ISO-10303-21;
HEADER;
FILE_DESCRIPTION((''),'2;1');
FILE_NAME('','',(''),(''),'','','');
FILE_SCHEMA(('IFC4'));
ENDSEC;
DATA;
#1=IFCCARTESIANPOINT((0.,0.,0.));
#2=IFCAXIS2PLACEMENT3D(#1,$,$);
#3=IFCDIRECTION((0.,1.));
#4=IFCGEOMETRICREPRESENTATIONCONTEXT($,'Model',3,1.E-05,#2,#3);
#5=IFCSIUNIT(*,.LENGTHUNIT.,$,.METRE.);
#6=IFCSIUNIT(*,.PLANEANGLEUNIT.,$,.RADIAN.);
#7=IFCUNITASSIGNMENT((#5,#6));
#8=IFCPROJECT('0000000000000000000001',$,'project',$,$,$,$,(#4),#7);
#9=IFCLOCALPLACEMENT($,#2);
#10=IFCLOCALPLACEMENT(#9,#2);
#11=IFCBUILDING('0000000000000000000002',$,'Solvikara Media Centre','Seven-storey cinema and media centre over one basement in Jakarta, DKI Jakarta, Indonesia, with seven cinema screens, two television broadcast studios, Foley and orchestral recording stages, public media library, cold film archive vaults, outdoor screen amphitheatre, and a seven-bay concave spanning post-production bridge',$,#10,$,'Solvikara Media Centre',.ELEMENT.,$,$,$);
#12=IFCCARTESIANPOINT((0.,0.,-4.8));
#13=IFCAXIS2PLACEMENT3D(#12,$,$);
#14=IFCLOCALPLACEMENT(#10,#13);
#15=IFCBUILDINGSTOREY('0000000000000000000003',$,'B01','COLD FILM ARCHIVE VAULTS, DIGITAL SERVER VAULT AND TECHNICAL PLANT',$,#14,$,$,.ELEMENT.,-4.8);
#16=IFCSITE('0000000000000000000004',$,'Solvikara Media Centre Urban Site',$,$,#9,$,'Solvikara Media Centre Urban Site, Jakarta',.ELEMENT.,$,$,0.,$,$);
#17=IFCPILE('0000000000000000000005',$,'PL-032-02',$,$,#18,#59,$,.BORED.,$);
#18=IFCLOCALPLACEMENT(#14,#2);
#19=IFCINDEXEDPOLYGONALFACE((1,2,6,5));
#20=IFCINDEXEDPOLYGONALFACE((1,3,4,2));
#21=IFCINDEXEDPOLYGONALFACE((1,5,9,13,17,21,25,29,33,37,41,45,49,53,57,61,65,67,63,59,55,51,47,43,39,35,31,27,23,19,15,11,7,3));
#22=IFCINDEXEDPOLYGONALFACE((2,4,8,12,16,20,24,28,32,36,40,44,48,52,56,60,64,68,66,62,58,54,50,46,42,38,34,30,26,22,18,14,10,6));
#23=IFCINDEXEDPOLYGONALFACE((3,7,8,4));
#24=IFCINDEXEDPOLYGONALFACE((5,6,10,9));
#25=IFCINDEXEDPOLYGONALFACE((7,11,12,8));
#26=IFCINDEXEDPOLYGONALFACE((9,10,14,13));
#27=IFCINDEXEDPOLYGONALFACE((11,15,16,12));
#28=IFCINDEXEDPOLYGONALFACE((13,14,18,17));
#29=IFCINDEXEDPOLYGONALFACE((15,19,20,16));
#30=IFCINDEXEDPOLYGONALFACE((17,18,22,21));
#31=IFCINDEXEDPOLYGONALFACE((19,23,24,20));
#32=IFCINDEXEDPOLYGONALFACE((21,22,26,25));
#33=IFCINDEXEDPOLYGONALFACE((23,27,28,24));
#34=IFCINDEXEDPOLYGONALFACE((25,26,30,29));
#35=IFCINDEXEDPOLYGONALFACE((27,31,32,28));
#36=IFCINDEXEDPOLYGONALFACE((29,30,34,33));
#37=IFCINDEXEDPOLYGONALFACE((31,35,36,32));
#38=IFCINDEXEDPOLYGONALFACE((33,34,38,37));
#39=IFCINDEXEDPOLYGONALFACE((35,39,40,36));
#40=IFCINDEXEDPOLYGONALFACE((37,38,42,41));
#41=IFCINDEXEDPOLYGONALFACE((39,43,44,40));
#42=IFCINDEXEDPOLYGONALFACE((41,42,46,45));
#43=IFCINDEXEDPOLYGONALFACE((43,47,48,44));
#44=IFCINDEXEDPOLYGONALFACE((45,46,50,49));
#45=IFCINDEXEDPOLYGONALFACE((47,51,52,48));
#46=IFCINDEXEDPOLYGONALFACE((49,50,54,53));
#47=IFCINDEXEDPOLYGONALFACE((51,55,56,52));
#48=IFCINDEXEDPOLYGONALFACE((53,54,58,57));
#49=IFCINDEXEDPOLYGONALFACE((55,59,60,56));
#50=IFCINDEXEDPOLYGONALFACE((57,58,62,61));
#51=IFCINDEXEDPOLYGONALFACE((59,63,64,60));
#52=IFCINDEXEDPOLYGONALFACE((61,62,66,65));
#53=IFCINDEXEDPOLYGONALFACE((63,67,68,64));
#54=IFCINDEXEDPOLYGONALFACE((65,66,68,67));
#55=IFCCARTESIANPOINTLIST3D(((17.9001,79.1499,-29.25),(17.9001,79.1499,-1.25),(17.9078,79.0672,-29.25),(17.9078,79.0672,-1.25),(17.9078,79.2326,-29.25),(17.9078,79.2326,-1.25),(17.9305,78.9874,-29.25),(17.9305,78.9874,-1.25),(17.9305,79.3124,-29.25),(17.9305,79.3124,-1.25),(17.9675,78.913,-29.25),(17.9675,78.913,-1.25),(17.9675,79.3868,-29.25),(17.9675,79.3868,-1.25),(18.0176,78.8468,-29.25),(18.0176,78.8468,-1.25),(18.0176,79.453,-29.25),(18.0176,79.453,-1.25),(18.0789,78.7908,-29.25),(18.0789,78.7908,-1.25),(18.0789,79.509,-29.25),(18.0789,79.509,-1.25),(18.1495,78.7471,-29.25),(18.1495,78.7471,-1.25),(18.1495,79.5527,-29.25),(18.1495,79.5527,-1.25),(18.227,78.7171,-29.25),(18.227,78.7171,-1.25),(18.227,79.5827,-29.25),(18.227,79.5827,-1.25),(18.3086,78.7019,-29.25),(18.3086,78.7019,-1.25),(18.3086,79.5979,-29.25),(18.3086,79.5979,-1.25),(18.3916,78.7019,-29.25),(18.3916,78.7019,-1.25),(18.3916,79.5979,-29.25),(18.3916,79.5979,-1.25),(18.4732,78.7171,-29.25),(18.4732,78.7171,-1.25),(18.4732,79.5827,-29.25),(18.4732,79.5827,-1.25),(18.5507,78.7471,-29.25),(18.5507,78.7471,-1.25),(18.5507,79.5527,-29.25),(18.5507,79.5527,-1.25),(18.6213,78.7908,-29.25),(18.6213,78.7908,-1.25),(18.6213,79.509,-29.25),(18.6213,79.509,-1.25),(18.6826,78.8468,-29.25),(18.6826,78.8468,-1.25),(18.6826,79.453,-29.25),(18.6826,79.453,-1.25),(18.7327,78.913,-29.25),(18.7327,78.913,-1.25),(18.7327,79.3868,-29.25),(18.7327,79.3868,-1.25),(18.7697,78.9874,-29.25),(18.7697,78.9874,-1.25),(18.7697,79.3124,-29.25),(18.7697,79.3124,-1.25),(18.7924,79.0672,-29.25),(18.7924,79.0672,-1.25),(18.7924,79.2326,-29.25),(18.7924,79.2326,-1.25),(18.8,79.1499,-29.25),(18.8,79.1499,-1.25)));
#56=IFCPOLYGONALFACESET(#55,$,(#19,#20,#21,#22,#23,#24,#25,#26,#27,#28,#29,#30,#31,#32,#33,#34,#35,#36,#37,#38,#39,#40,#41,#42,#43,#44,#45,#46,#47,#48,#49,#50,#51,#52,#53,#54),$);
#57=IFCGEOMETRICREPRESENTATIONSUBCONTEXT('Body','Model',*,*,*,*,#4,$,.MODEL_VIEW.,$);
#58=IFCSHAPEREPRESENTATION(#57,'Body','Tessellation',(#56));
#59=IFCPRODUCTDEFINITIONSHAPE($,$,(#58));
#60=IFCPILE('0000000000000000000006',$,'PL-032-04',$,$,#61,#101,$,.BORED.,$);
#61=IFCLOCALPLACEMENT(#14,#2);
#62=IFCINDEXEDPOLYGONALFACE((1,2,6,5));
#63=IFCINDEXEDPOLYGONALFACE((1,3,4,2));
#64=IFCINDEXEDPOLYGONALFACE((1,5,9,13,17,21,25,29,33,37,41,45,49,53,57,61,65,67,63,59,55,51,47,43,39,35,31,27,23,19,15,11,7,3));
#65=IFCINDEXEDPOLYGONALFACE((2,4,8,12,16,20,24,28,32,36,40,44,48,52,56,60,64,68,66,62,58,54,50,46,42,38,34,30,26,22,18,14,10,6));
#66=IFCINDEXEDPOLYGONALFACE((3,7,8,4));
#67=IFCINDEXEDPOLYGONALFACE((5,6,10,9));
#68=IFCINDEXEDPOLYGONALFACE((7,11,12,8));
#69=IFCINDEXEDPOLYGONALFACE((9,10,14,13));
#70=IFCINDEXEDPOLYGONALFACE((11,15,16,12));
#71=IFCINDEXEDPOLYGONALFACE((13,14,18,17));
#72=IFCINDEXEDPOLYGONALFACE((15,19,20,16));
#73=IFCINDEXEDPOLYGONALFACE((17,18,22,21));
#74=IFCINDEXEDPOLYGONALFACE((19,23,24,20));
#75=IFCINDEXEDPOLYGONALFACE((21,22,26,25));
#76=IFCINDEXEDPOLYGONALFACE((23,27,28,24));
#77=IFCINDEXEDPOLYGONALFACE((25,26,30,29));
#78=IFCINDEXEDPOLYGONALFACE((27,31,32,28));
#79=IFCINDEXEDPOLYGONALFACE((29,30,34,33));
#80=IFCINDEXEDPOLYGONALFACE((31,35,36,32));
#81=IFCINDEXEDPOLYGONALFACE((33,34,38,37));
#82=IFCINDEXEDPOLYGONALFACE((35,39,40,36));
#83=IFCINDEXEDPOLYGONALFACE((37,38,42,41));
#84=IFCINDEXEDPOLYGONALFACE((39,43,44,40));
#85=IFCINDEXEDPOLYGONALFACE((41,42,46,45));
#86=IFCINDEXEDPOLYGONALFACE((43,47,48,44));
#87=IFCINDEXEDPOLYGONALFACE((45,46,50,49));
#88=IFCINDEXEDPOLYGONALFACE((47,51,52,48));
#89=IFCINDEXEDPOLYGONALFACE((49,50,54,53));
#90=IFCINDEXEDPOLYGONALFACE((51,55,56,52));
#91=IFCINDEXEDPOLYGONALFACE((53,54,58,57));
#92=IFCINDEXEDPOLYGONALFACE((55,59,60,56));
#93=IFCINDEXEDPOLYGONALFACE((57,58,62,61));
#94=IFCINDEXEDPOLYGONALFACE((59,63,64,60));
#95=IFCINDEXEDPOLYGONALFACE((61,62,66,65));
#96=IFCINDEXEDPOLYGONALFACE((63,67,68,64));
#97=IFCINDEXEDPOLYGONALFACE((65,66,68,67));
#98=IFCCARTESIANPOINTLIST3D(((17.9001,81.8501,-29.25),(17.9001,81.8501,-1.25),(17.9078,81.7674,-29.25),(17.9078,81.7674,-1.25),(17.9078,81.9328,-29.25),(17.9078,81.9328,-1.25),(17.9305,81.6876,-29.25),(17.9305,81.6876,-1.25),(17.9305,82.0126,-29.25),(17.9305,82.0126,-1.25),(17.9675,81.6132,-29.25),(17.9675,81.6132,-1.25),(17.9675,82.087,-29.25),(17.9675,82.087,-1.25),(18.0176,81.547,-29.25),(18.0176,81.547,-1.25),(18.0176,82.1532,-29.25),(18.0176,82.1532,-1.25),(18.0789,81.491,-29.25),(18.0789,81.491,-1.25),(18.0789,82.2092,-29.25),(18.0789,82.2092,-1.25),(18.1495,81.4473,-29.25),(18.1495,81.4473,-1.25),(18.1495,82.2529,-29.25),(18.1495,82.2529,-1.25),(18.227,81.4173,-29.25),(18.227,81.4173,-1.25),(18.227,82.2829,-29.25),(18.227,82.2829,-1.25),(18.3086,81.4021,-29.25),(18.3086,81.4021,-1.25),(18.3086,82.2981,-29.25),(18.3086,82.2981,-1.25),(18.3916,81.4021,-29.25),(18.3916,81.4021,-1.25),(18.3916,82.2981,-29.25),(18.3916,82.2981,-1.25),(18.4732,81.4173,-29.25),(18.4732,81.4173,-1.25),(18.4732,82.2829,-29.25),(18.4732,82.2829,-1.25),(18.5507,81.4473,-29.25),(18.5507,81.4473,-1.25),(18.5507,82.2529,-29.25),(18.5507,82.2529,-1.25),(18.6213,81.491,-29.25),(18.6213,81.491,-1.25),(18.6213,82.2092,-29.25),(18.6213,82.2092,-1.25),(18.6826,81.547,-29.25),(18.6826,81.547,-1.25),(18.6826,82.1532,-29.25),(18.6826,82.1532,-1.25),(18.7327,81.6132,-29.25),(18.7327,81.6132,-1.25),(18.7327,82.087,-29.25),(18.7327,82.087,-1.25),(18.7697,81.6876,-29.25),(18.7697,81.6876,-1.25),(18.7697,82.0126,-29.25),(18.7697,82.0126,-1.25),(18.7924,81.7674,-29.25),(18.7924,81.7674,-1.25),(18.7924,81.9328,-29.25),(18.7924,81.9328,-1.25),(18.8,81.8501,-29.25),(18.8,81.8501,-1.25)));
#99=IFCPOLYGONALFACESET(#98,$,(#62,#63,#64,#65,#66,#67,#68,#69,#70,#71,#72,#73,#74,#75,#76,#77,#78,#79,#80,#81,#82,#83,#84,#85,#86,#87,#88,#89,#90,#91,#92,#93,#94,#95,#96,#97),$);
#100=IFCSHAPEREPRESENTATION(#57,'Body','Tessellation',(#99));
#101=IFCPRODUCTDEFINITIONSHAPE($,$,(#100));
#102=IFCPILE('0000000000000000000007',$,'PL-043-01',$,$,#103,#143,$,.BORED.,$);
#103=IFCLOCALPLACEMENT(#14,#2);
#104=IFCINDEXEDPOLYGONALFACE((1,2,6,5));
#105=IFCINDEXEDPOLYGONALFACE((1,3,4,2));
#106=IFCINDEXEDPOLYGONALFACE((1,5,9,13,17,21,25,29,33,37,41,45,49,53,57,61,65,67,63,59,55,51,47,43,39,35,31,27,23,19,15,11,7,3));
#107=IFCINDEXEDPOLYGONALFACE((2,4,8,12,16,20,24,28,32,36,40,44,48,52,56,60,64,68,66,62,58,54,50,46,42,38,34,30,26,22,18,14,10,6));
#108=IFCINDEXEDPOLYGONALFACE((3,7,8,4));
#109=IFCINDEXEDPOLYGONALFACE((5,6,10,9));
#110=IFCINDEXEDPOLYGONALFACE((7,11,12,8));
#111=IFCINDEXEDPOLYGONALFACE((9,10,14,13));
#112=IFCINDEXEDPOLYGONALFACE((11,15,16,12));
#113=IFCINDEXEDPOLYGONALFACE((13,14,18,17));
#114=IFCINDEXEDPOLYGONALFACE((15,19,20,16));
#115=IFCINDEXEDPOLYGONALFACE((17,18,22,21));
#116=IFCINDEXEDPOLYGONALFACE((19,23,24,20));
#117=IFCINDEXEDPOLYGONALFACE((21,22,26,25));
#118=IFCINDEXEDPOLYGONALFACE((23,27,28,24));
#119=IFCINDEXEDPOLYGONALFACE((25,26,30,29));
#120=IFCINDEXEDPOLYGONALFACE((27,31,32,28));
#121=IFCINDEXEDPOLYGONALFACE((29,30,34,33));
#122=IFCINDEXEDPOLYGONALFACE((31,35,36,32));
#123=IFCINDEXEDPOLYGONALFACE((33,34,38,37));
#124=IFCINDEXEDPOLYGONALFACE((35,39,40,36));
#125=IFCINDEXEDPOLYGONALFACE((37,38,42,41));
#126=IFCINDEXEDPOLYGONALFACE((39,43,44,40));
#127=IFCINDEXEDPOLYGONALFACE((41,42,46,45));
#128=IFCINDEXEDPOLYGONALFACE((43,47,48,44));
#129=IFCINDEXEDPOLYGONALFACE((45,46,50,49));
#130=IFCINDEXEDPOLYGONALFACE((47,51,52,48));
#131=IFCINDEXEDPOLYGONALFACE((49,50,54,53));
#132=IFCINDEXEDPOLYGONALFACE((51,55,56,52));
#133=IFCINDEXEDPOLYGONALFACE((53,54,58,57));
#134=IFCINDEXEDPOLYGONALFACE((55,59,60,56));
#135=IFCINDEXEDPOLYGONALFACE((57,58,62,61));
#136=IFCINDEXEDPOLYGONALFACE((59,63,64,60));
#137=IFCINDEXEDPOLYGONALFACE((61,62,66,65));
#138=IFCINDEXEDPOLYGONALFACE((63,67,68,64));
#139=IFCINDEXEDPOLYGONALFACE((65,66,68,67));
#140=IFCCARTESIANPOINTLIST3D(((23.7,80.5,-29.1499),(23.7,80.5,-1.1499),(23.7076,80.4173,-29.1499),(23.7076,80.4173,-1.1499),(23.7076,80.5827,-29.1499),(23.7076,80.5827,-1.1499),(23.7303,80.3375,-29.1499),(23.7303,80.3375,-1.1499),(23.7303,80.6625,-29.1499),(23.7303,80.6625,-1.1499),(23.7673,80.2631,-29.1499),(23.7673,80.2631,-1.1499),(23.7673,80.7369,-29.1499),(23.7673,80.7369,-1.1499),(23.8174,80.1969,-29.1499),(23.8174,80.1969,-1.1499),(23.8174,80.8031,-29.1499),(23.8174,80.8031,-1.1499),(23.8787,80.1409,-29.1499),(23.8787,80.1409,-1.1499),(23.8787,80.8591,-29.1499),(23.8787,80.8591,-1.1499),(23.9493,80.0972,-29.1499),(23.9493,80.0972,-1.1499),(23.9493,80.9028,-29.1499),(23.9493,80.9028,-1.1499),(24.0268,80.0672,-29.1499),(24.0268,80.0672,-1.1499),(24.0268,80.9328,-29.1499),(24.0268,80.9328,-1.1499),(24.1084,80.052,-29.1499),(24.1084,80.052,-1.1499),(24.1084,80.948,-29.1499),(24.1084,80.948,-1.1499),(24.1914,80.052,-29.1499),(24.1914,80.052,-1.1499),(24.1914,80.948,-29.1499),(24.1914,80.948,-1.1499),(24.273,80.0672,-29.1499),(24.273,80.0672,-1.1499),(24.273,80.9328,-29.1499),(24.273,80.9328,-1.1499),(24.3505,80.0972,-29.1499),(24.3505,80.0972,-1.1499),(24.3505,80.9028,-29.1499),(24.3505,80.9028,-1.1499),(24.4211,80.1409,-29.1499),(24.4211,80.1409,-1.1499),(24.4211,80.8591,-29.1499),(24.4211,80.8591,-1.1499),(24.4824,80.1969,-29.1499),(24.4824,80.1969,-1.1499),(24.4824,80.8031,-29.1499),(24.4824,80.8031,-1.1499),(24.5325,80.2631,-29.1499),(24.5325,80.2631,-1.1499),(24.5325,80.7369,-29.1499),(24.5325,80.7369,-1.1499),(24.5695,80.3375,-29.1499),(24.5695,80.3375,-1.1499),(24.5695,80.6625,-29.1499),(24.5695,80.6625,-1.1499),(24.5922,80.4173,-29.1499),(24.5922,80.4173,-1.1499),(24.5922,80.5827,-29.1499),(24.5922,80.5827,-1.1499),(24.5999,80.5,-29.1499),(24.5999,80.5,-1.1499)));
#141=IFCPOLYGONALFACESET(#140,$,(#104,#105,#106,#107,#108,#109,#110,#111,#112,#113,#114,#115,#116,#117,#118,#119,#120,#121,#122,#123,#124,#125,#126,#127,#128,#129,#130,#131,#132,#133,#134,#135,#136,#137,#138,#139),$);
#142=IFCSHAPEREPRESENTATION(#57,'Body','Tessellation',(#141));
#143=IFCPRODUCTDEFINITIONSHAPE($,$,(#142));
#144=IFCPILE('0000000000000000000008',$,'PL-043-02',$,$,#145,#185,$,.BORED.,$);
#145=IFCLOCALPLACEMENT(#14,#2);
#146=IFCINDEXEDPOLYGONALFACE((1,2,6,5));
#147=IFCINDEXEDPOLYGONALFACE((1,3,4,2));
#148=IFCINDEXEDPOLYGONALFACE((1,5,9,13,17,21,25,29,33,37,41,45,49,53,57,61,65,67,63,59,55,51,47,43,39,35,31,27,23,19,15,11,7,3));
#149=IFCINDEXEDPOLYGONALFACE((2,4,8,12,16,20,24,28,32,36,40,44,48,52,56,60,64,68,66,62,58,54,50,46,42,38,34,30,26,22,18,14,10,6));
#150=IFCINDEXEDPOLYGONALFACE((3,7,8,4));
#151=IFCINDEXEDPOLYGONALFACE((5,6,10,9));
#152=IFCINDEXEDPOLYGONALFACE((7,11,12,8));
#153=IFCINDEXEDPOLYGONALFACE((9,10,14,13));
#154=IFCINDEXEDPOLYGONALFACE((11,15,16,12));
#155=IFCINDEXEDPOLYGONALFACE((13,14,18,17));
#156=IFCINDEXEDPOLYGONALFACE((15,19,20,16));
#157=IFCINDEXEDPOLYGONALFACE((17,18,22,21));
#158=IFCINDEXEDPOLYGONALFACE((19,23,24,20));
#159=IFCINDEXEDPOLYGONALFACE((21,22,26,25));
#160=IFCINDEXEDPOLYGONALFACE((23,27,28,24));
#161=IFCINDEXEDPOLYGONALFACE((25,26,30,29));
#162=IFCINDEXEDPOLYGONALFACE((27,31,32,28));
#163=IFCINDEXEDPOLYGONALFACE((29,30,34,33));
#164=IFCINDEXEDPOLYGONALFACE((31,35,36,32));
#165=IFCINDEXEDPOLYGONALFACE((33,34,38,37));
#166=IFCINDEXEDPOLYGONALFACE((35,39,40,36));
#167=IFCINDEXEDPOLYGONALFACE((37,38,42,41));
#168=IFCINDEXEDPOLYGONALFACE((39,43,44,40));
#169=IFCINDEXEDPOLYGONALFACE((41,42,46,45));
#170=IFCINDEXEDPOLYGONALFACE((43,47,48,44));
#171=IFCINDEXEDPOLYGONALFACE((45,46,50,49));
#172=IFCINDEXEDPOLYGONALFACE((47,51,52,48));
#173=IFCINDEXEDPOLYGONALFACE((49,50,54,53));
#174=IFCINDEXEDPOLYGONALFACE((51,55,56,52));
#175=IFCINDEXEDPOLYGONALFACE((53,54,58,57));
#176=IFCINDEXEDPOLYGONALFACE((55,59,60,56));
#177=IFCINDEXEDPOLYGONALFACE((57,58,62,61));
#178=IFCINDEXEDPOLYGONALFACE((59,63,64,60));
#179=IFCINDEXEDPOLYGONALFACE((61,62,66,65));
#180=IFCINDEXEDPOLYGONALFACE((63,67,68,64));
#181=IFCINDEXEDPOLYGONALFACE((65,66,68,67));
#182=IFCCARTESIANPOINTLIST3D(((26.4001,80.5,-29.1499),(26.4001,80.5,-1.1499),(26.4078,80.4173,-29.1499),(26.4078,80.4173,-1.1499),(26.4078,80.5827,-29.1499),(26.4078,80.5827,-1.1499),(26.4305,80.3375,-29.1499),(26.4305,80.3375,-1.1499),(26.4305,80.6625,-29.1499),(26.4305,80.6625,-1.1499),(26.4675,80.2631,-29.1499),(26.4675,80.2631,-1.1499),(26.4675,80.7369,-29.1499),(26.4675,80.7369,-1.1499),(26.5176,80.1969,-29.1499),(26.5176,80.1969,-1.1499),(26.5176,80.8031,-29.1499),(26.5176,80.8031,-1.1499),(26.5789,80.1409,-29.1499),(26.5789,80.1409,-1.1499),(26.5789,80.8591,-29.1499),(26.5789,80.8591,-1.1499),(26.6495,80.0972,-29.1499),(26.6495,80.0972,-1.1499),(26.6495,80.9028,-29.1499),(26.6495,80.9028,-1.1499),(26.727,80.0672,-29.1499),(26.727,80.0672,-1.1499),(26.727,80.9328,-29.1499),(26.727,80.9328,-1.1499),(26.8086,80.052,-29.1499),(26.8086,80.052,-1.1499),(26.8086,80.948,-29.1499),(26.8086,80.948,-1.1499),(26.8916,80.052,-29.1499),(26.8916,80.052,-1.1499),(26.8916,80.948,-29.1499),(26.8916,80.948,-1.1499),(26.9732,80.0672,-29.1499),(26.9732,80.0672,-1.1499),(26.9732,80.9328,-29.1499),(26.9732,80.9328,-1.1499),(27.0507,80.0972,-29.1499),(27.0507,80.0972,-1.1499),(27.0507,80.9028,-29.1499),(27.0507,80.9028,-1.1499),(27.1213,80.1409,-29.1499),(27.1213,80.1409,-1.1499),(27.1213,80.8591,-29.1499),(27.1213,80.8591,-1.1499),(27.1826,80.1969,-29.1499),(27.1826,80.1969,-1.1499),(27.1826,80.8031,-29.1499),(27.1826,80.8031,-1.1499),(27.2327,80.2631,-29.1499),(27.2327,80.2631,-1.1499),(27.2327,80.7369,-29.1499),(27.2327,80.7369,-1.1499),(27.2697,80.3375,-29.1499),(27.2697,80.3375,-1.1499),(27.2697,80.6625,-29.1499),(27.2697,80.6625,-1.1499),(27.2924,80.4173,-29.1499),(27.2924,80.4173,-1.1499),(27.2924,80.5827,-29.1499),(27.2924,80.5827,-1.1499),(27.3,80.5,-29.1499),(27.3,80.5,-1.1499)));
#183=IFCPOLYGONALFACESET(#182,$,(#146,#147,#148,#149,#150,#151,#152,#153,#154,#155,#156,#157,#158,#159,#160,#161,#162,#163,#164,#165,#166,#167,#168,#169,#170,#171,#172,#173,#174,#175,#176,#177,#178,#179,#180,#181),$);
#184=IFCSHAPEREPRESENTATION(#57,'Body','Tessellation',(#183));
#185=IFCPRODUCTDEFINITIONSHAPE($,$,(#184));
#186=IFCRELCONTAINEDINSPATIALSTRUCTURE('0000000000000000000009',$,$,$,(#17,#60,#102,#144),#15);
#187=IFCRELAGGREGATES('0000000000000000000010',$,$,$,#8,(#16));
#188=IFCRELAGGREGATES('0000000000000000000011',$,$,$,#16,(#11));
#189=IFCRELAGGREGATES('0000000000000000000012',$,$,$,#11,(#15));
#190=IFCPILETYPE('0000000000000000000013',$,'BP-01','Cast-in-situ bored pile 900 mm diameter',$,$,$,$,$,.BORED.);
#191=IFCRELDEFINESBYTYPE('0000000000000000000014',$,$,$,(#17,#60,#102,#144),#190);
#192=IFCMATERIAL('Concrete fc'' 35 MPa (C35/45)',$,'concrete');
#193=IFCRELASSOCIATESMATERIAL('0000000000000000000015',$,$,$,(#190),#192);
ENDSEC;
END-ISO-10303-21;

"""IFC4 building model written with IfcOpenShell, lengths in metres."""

from ifc_helpers import new_model, si_unit, direction, frame, origin, origin_2d, place, context, subcontext, project, spatial, circle, extrude, material, material_profile, profile_set, type_object, element, save


model = new_model("IFC4")

# Units and contexts
model_context = context("Model", 3, precision=1e-05, world=origin(), true_north=direction((0.0, 1.0)))
body_context = subcontext(model_context, "Body", "Model", "MODEL_VIEW")
ifc_project = project(units=[si_unit("LENGTHUNIT", "METRE"), si_unit("PLANEANGLEUNIT", "RADIAN")], contexts=[model_context])

# Site, building, storey
site_placement = place(None, origin())
site = spatial("IfcSite", under=ifc_project, at=site_placement, Name="Solvikara Media Centre Urban Site", LongName="Solvikara Media Centre Urban Site, Jakarta", CompositionType="ELEMENT", RefElevation=0.0)
building_placement = place(site_placement, origin())
building = spatial("IfcBuilding", under=site, at=building_placement, Name="Solvikara Media Centre", Description="Seven-storey cinema and media centre over one basement in Jakarta, DKI Jakarta, Indonesia, with seven cinema screens, two television broadcast studios, Foley and orchestral recording stages, public media library, cold film archive vaults, outdoor screen amphitheatre, and a seven-bay concave spanning post-production bridge", LongName="Solvikara Media Centre", CompositionType="ELEMENT")
storey_placement = place(building_placement, frame((0.0, 0.0, -4.8)))
storey = spatial("IfcBuildingStorey", under=building, at=storey_placement, Name="B01", Description="COLD FILM ARCHIVE VAULTS, DIGITAL SERVER VAULT AND TECHNICAL PLANT", CompositionType="ELEMENT", Elevation=-4.8)

# Piles
ifc_material_1 = material(Name="Concrete fc' 35 MPa (C35/45)", Category="concrete")
ifc_material_profile_1 = material_profile(ifc_material_1, circle(Radius=0.45, at=origin_2d()), Name="BORED PILE D900")
ifc_profile_set_1 = profile_set([ifc_material_profile_1], Name="Concrete fc' 35 MPa (C35/45)")
pile_type_1 = type_object("IfcPileType", Name="BP-01", Description="Cast-in-situ bored pile 900 mm diameter", PredefinedType="BORED", material=ifc_profile_set_1)
for number, where, z_axis, x_axis, name in (
    (1, (18.3501, 79.1499, -1.25), (0.0, 0.0, -1.0), (1.0, 0.0, 0.0), "PL-032-02"),
    (2, (18.3501, 81.8501, -1.25), (0.0, 0.0, -1.0), (1.0, 0.0, 0.0), "PL-032-04"),
    (3, (24.1499, 80.5, -1.1499), (0.0, 0.0, -1.0), (1.0, 0.0, 0.0), "PL-043-01"),
    (4, (26.8501, 80.5, -1.1499), (0.0, 0.0, -1.0), (1.0, 0.0, 0.0), "PL-043-02"),
):
    element("IfcPile", number, at=place(storey_placement, frame(where, z_axis=z_axis, x_axis=x_axis)), inside=storey, type_object=pile_type_1, Name=name, PredefinedType="BORED", context=body_context, shape_type="SweptSolid", body=[
        extrude(circle(Radius=0.45, at=origin_2d()), origin(), (0.0, 0.0, 1.0), 28.0),
    ])

save(model, "model.ifc")
